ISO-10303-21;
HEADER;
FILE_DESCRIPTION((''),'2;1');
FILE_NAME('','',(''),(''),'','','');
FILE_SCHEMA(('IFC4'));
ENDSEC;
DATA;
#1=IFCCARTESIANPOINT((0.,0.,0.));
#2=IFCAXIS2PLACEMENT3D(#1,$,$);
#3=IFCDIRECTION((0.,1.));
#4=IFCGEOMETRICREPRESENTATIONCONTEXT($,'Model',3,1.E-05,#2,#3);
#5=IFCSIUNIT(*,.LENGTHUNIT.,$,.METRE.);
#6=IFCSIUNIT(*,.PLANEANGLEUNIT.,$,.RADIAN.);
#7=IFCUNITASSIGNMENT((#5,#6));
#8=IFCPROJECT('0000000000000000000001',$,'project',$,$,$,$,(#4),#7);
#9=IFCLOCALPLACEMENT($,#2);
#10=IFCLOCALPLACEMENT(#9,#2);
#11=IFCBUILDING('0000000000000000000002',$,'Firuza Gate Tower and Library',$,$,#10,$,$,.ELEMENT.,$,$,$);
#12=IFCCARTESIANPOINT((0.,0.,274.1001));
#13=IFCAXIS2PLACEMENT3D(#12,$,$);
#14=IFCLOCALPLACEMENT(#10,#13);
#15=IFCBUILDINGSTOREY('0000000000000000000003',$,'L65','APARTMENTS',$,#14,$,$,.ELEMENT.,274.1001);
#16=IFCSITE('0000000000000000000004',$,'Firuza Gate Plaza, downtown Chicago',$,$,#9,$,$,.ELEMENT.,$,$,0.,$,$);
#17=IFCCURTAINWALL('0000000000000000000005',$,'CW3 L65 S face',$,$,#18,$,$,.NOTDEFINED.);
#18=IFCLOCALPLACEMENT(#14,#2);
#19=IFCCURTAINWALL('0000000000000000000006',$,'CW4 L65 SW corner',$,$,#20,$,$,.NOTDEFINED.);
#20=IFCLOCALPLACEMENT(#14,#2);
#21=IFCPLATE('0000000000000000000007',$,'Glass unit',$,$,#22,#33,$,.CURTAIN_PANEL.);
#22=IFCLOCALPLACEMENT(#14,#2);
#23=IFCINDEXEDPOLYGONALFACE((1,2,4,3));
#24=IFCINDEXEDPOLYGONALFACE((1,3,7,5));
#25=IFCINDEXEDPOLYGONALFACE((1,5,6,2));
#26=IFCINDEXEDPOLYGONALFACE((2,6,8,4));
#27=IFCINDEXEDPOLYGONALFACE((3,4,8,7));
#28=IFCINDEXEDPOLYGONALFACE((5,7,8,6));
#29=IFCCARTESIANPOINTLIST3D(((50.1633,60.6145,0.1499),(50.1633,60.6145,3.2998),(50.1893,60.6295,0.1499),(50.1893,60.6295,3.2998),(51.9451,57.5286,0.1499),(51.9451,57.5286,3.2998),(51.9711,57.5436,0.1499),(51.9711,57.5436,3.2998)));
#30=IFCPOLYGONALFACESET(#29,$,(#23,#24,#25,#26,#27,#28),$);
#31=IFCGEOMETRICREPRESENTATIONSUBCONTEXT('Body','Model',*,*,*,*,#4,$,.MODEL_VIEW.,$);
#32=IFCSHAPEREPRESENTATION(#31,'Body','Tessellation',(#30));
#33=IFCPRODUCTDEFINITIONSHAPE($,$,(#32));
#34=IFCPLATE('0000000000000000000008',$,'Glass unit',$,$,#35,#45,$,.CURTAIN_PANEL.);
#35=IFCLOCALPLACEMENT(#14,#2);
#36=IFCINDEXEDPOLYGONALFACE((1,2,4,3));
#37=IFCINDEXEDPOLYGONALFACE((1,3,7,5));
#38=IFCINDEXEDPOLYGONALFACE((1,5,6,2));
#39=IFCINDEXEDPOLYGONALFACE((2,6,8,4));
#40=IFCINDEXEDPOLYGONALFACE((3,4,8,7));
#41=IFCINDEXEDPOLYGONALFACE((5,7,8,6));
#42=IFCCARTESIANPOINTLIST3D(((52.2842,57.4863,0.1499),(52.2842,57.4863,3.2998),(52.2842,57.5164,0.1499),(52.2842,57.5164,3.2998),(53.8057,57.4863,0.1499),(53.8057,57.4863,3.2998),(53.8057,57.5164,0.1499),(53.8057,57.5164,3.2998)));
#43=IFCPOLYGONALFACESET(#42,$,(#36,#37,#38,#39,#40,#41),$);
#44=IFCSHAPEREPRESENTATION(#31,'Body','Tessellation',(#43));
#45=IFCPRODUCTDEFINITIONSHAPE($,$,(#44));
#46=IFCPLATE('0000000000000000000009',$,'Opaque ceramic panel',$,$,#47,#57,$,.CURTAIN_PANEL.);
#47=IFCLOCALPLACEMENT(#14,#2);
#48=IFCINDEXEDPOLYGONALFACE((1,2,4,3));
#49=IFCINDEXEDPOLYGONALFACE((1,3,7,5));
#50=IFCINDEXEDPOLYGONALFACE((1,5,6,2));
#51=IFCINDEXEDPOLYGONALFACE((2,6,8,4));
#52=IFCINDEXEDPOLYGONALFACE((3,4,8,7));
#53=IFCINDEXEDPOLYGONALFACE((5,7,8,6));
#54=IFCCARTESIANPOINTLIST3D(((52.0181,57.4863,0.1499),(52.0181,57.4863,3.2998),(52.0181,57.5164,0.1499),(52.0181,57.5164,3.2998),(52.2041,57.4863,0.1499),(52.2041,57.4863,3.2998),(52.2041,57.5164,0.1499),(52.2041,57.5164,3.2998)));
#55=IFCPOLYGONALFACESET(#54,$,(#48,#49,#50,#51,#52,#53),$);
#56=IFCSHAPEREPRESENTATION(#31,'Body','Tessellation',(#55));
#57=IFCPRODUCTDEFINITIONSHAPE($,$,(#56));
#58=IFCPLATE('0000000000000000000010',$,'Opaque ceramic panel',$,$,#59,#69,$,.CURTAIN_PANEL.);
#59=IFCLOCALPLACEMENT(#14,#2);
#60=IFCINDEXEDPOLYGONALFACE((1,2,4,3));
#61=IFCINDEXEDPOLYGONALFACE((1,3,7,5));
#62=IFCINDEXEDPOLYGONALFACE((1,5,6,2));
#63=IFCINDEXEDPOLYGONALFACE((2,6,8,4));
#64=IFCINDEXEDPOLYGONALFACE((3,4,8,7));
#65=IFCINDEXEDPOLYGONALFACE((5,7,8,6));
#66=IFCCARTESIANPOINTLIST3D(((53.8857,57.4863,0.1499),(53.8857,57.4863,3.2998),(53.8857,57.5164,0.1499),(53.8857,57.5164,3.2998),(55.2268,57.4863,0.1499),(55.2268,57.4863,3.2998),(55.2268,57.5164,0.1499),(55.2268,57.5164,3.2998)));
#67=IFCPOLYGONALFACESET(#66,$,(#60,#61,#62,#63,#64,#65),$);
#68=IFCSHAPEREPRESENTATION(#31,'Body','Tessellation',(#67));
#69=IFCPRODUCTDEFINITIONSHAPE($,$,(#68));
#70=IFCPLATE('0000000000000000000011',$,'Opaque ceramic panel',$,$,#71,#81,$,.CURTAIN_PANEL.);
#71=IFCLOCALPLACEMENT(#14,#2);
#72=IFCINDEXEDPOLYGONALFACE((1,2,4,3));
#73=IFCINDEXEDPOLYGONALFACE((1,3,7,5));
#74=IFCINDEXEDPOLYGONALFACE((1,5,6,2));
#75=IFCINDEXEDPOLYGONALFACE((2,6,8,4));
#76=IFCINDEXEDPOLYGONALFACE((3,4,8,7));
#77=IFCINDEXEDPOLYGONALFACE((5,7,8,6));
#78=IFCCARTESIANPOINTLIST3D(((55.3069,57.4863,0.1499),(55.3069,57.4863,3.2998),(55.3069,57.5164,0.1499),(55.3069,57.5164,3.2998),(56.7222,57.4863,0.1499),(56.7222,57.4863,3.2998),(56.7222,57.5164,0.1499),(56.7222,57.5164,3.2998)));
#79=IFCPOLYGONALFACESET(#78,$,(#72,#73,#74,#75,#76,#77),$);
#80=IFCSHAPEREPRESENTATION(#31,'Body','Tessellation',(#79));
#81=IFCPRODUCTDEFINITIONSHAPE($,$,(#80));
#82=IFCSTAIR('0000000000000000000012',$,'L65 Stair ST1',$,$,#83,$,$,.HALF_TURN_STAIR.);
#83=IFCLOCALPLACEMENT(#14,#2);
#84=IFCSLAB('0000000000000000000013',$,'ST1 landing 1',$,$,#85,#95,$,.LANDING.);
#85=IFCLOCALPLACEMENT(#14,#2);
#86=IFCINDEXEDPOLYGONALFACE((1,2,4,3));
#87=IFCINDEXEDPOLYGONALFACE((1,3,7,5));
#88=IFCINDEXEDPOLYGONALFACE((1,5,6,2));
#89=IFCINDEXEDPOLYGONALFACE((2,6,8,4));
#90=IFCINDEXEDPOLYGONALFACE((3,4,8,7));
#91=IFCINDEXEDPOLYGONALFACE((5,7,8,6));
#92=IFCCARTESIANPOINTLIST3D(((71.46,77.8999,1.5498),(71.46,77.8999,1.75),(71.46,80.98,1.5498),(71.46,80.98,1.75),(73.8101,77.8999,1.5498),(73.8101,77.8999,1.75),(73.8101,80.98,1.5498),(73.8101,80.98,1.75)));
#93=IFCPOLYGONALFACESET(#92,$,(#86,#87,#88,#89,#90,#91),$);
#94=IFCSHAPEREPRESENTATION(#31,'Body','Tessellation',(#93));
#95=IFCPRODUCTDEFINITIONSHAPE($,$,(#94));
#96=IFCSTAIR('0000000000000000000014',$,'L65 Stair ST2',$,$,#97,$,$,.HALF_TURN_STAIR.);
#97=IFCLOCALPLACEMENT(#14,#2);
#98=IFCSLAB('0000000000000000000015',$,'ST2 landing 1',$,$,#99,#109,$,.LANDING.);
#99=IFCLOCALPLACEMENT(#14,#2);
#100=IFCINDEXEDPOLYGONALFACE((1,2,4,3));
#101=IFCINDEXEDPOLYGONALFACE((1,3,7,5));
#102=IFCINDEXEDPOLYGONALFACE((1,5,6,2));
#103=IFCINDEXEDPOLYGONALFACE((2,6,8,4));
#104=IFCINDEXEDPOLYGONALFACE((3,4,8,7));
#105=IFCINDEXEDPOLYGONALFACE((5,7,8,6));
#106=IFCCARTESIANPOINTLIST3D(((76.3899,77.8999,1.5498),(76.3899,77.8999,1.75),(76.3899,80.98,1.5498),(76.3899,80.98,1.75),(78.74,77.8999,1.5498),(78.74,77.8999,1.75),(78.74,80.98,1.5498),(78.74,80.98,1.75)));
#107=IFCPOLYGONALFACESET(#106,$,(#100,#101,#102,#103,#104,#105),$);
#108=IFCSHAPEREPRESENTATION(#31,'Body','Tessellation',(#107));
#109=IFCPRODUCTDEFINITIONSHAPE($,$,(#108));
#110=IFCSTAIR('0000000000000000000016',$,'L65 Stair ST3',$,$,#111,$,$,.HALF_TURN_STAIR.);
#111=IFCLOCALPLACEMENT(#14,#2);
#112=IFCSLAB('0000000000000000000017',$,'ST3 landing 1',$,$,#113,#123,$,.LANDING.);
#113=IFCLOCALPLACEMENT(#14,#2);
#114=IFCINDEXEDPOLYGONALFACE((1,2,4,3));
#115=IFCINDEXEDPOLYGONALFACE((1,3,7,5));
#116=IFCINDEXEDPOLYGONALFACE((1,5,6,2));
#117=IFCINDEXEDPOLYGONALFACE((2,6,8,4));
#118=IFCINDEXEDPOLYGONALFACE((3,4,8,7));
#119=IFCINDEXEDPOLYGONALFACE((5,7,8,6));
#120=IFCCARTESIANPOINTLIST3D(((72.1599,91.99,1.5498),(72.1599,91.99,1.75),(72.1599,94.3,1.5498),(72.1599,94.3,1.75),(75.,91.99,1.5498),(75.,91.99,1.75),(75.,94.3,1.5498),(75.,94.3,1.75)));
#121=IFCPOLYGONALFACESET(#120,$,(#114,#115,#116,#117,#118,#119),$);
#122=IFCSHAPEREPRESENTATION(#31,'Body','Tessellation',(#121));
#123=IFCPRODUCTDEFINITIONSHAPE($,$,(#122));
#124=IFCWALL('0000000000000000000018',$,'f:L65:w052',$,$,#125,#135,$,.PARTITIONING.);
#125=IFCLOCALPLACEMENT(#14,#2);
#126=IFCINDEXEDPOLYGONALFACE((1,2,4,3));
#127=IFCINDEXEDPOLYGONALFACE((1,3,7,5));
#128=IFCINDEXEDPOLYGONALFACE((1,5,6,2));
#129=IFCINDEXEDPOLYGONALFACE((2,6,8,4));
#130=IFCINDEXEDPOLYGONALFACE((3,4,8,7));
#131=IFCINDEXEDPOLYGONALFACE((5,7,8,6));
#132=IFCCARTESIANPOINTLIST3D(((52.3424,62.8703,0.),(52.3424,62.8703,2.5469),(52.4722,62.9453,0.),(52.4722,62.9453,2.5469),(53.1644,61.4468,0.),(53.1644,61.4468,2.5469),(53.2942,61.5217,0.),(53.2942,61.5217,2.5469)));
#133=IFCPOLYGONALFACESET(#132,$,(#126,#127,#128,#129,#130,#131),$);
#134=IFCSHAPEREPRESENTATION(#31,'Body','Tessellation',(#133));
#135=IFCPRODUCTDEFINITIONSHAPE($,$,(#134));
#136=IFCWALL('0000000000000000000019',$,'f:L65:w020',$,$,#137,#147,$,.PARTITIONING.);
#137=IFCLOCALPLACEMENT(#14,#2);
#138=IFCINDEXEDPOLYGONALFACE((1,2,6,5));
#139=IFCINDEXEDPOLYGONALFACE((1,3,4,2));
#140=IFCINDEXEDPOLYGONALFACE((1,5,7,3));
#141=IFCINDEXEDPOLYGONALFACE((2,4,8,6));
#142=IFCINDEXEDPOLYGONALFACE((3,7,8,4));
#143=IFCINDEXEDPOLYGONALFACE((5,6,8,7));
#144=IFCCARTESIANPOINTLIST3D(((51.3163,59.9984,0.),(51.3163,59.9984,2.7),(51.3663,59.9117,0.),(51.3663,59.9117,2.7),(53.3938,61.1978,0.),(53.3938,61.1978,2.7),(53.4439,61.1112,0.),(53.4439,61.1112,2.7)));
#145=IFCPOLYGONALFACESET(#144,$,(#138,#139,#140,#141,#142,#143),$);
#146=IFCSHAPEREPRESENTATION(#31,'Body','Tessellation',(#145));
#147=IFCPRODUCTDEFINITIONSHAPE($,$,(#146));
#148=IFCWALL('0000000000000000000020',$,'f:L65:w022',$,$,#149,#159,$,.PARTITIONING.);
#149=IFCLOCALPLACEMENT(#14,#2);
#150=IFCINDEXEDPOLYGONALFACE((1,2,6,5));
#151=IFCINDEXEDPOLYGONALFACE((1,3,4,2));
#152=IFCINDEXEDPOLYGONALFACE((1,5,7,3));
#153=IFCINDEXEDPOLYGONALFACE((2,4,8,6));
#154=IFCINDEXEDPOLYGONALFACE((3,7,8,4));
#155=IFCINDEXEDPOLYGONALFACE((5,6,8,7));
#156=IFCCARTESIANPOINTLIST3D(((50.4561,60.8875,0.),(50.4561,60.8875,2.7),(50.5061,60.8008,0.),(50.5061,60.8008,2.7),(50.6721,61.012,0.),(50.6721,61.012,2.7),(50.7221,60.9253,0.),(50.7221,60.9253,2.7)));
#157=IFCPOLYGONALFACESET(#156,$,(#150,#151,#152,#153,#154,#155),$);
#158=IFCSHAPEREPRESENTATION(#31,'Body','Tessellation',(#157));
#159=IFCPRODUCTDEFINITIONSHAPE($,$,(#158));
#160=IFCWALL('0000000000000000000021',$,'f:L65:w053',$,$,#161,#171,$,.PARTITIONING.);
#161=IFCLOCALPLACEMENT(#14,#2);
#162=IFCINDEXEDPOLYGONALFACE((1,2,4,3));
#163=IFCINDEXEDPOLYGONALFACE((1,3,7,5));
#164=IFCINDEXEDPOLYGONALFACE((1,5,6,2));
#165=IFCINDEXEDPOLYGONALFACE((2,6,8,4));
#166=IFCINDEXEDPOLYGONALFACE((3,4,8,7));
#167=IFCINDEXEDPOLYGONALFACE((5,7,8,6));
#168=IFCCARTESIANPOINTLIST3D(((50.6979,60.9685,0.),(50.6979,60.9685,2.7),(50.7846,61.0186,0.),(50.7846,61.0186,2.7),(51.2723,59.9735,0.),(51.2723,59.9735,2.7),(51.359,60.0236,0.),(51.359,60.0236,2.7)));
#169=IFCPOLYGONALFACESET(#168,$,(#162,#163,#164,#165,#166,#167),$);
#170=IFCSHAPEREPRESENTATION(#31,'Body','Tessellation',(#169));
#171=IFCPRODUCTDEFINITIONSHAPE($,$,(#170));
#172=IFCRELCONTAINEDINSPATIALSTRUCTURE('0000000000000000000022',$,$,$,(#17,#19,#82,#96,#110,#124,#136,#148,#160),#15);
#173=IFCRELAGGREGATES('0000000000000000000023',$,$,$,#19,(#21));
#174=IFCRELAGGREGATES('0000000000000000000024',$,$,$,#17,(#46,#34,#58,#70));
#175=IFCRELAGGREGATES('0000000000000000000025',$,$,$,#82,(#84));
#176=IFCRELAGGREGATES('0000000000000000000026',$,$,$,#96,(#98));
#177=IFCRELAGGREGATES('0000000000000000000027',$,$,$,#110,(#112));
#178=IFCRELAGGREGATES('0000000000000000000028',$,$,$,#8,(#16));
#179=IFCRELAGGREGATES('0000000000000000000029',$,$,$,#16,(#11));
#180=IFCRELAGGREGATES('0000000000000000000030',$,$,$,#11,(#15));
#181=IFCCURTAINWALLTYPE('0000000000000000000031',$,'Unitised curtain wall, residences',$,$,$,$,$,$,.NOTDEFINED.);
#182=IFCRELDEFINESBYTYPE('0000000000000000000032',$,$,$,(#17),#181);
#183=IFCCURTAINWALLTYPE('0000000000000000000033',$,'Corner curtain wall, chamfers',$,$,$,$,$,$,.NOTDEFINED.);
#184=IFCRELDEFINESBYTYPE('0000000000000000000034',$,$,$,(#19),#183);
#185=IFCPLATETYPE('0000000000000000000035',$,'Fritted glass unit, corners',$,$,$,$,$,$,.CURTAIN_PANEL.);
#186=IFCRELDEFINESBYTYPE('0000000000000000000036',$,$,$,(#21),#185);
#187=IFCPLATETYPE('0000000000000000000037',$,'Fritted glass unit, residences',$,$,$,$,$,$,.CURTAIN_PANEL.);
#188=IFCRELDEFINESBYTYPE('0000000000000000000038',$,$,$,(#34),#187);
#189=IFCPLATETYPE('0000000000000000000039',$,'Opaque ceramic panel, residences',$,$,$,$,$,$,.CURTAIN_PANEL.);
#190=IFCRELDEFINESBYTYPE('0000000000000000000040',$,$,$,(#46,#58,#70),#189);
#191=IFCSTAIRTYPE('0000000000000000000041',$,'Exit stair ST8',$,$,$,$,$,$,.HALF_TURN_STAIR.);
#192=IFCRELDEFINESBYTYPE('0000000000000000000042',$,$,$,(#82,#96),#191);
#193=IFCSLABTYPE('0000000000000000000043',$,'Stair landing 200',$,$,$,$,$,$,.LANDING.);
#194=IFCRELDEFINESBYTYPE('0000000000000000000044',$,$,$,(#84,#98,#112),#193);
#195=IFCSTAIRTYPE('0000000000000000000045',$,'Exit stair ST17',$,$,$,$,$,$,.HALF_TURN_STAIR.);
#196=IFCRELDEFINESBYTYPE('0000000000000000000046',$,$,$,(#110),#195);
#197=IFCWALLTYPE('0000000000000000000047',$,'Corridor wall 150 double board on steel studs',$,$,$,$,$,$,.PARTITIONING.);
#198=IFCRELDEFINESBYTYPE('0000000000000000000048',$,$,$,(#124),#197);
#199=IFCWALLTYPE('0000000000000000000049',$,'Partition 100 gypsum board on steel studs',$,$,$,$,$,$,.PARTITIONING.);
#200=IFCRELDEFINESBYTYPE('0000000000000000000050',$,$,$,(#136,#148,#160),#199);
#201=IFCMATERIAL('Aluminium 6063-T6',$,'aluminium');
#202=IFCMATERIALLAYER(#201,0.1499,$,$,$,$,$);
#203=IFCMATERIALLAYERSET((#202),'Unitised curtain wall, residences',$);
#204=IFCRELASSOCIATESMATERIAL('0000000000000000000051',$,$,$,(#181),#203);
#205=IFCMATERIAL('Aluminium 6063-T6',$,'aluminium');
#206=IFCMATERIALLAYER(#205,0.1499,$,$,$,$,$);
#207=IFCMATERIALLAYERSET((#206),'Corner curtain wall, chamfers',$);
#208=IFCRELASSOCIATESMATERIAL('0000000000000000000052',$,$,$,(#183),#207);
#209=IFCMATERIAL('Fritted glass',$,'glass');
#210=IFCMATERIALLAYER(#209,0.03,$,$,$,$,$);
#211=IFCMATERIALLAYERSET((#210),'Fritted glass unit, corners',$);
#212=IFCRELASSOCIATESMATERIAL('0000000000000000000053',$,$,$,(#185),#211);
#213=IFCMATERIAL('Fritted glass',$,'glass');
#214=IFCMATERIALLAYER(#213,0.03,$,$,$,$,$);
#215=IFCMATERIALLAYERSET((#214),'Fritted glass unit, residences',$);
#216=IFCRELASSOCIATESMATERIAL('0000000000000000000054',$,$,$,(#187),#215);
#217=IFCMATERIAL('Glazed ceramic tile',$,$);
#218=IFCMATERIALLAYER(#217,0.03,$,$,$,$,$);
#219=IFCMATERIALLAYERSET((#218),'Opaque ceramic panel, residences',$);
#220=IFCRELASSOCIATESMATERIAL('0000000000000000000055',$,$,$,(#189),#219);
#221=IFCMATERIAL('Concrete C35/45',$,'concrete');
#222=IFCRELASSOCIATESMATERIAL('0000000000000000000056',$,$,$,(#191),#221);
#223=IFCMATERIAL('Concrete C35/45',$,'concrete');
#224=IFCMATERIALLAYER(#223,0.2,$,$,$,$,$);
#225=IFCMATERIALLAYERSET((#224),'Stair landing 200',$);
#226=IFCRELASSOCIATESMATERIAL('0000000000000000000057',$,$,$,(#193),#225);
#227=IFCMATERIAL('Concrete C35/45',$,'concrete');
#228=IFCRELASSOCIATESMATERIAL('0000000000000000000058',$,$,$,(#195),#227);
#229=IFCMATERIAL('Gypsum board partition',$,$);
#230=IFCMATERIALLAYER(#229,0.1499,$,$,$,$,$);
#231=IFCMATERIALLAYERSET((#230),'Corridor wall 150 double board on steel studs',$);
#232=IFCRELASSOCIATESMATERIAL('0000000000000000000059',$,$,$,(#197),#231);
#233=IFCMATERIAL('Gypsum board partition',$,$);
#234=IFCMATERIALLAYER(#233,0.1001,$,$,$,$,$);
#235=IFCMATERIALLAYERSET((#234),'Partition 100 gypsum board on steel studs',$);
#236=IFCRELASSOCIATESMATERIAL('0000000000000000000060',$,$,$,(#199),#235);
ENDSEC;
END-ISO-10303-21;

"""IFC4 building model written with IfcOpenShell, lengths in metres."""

from ifc_helpers import new_model, si_unit, direction, frame, frame_2d, origin, place, context, subcontext, project, spatial, polyline, rectangle, outline, extrude, material, layer, layer_set, type_object, element, aggregate, save


model = new_model("IFC4")

# Units and contexts
model_context = context("Model", 3, precision=1e-05, world=origin(), true_north=direction((0.0, 1.0)))
body_context = subcontext(model_context, "Body", "Model", "MODEL_VIEW")
ifc_project = project(units=[si_unit("LENGTHUNIT", "METRE"), si_unit("PLANEANGLEUNIT", "RADIAN")], contexts=[model_context])

# Site, building, storey
site_placement = place(None, origin())
site = spatial("IfcSite", under=ifc_project, at=site_placement, Name="Firuza Gate Plaza, downtown Chicago", CompositionType="ELEMENT", RefElevation=0.0)
building_placement = place(site_placement, origin())
building = spatial("IfcBuilding", under=site, at=building_placement, Name="Firuza Gate Tower and Library", CompositionType="ELEMENT")
storey_placement = place(building_placement, frame((0.0, 0.0, 274.1001)))
storey = spatial("IfcBuildingStorey", under=building, at=storey_placement, Name="L65", Description="APARTMENTS", CompositionType="ELEMENT", Elevation=274.1001)

# Curtain walls
ifc_material_1 = material(Name="Aluminium 6063-T6", Category="aluminium")
ifc_layer_1 = layer(ifc_material_1, 0.1499)
ifc_layer_set_1 = layer_set([ifc_layer_1], Name="Unitised curtain wall, residences")
curtain_wall_type_1 = type_object("IfcCurtainWallType", Name="Unitised curtain wall, residences", PredefinedType="NOTDEFINED", material=ifc_layer_set_1)
placement_1 = place(storey_placement, origin())
curtain_wall_1 = element("IfcCurtainWall", 1, at=placement_1, inside=storey, type_object=curtain_wall_type_1, Name="CW3 L65 S face", PredefinedType="NOTDEFINED")
ifc_material_2 = material(Name="Aluminium 6063-T6", Category="aluminium")
ifc_layer_2 = layer(ifc_material_2, 0.1499)
ifc_layer_set_2 = layer_set([ifc_layer_2], Name="Corner curtain wall, chamfers")
curtain_wall_type_2 = type_object("IfcCurtainWallType", Name="Corner curtain wall, chamfers", PredefinedType="NOTDEFINED", material=ifc_layer_set_2)
curtain_wall_2 = element("IfcCurtainWall", 2, at=placement_1, inside=storey, type_object=curtain_wall_type_2, Name="CW4 L65 SW corner", PredefinedType="NOTDEFINED")

# Plates
ifc_material_3 = material(Name="Fritted glass", Category="glass")
ifc_layer_3 = layer(ifc_material_3, 0.03)
ifc_layer_set_3 = layer_set([ifc_layer_3], Name="Fritted glass unit, corners")
plate_type_1 = type_object("IfcPlateType", Name="Fritted glass unit, corners", PredefinedType="CURTAIN_PANEL", material=ifc_layer_set_3)
plate_1_placement = place(storey_placement, frame((50.1633, 60.6145, 0.1499), z_axis=(-0.866017, -0.500015, 0.0), x_axis=(0.500015, -0.866017, 0.0)))
plate_1 = element("IfcPlate", 3, at=plate_1_placement, type_object=plate_type_1, Name="Glass unit", PredefinedType="CURTAIN_PANEL", context=body_context, shape_type="SweptSolid", body=[
    extrude(outline(polyline([(0.0, 0.0), (3.5634, 0.0), (3.5634, 3.1499), (0.0, 3.1499), (0.0, 0.0)])), origin(), (0.0, 0.0, -1.0), 0.03),
])
aggregate(curtain_wall_2, [plate_1])
ifc_material_4 = material(Name="Fritted glass", Category="glass")
ifc_layer_4 = layer(ifc_material_4, 0.03)
ifc_layer_set_4 = layer_set([ifc_layer_4], Name="Fritted glass unit, residences")
plate_type_2 = type_object("IfcPlateType", Name="Fritted glass unit, residences", PredefinedType="CURTAIN_PANEL", material=ifc_layer_set_4)
plate_2_placement = place(storey_placement, frame((52.2842, 57.4863, 0.1499), z_axis=(0.0, -1.0, 0.0), x_axis=(1.0, 0.0, 0.0)))
plate_2 = element("IfcPlate", 4, at=plate_2_placement, type_object=plate_type_2, Name="Glass unit", PredefinedType="CURTAIN_PANEL", context=body_context, shape_type="SweptSolid", body=[
    extrude(outline(polyline([(0.0, 0.0), (1.5215, 0.0), (1.5215, 3.1499), (0.0, 3.1499), (0.0, 0.0)])), origin(), (0.0, 0.0, -1.0), 0.03),
])
ifc_material_5 = material(Name="Glazed ceramic tile")
ifc_layer_5 = layer(ifc_material_5, 0.03)
ifc_layer_set_5 = layer_set([ifc_layer_5], Name="Opaque ceramic panel, residences")
plate_type_3 = type_object("IfcPlateType", Name="Opaque ceramic panel, residences", PredefinedType="CURTAIN_PANEL", material=ifc_layer_set_5)
plate_3_placement = place(storey_placement, frame((52.0181, 57.4863, 0.1499), z_axis=(0.0, -1.0, 0.0), x_axis=(1.0, 0.0, 0.0)))
plate_3 = element("IfcPlate", 5, at=plate_3_placement, type_object=plate_type_3, Name="Opaque ceramic panel", PredefinedType="CURTAIN_PANEL", context=body_context, shape_type="SweptSolid", body=[
    extrude(outline(polyline([(0.0, 0.0), (0.186, 0.0), (0.186, 3.1499), (0.0, 3.1499), (0.0, 0.0)])), origin(), (0.0, 0.0, -1.0), 0.03),
])
plate_4_placement = place(storey_placement, frame((53.8857, 57.4863, 0.1499), z_axis=(0.0, -1.0, 0.0), x_axis=(1.0, 0.0, 0.0)))
plate_4 = element("IfcPlate", 6, at=plate_4_placement, type_object=plate_type_3, Name="Opaque ceramic panel", PredefinedType="CURTAIN_PANEL", context=body_context, shape_type="SweptSolid", body=[
    extrude(outline(polyline([(0.0, 0.0), (1.3411, 0.0), (1.3411, 3.1499), (0.0, 3.1499), (0.0, 0.0)])), origin(), (0.0, 0.0, -1.0), 0.03),
])
plate_5_placement = place(storey_placement, frame((55.3069, 57.4863, 0.1499), z_axis=(0.0, -1.0, 0.0), x_axis=(1.0, 0.0, 0.0)))
plate_5 = element("IfcPlate", 7, at=plate_5_placement, type_object=plate_type_3, Name="Opaque ceramic panel", PredefinedType="CURTAIN_PANEL", context=body_context, shape_type="SweptSolid", body=[
    extrude(outline(polyline([(0.0, 0.0), (1.4153, 0.0), (1.4153, 3.1499), (0.0, 3.1499), (0.0, 0.0)])), origin(), (0.0, 0.0, -1.0), 0.03),
])
aggregate(curtain_wall_1, [plate_3, plate_2, plate_4, plate_5])

# Stairs, slabs
ifc_material_6 = material(Name="Concrete C35/45", Category="concrete")
stair_type_1 = type_object("IfcStairType", Name="Exit stair ST8", PredefinedType="HALF_TURN_STAIR", material=ifc_material_6)
stair_1 = element("IfcStair", 8, at=placement_1, inside=storey, type_object=stair_type_1, Name="L65 Stair ST1", PredefinedType="HALF_TURN_STAIR")
ifc_material_7 = material(Name="Concrete C35/45", Category="concrete")
ifc_layer_6 = layer(ifc_material_7, 0.2)
ifc_layer_set_6 = layer_set([ifc_layer_6], Name="Stair landing 200")
slab_type_1 = type_object("IfcSlabType", Name="Stair landing 200", PredefinedType="LANDING", material=ifc_layer_set_6)
placement_2 = place(storey_placement, frame((0.0, 0.0, 1.5498)))
slab_1 = element("IfcSlab", 9, at=placement_2, type_object=slab_type_1, Name="ST1 landing 1", PredefinedType="LANDING", context=body_context, shape_type="SweptSolid", body=[
    extrude(outline(polyline([(71.46, 77.8999), (73.8101, 77.8999), (73.8101, 80.98), (71.46, 80.98), (71.46, 77.8999)])), origin(), (0.0, 0.0, 1.0), 0.2002),
])
aggregate(stair_1, [slab_1])
stair_2 = element("IfcStair", 10, at=placement_1, inside=storey, type_object=stair_type_1, Name="L65 Stair ST2", PredefinedType="HALF_TURN_STAIR")
slab_2 = element("IfcSlab", 11, at=placement_2, type_object=slab_type_1, Name="ST2 landing 1", PredefinedType="LANDING", context=body_context, shape_type="SweptSolid", body=[
    extrude(outline(polyline([(78.74, 80.98), (76.3899, 80.98), (76.3899, 77.8999), (78.74, 77.8999), (78.74, 80.98)])), origin(), (0.0, 0.0, 1.0), 0.2002),
])
aggregate(stair_2, [slab_2])
ifc_material_8 = material(Name="Concrete C35/45", Category="concrete")
stair_type_2 = type_object("IfcStairType", Name="Exit stair ST17", PredefinedType="HALF_TURN_STAIR", material=ifc_material_8)
stair_3 = element("IfcStair", 12, at=placement_1, inside=storey, type_object=stair_type_2, Name="L65 Stair ST3", PredefinedType="HALF_TURN_STAIR")
slab_3 = element("IfcSlab", 13, at=placement_2, type_object=slab_type_1, Name="ST3 landing 1", PredefinedType="LANDING", context=body_context, shape_type="SweptSolid", body=[
    extrude(outline(polyline([(75.0, 91.99), (75.0, 94.3), (72.1599, 94.3), (72.1599, 91.99), (75.0, 91.99)])), origin(), (0.0, 0.0, 1.0), 0.2002),
])
aggregate(stair_3, [slab_3])

# Walls
ifc_material_9 = material(Name="Gypsum board partition")
ifc_layer_7 = layer(ifc_material_9, 0.1499)
ifc_layer_set_7 = layer_set([ifc_layer_7], Name="Corridor wall 150 double board on steel studs")
wall_type_1 = type_object("IfcWallType", Name="Corridor wall 150 double board on steel studs", PredefinedType="PARTITIONING", material=ifc_layer_set_7)
wall_1_placement = place(storey_placement, frame((53.2292, 61.4844, 0.0), z_axis=(0.0, 0.0, 1.0), x_axis=(-0.500052, 0.865995, 0.0)))
element("IfcWall", 14, at=wall_1_placement, inside=storey, type_object=wall_type_1, Name="f:L65:w052", PredefinedType="PARTITIONING", context=body_context, shape_type="SweptSolid", body=[
    extrude(rectangle(XDim=1.6438, YDim=0.1499, at=frame_2d((0.8218, 0.0))), origin(), (0.0, 0.0, 1.0), 2.5469),
])
ifc_material_10 = material(Name="Gypsum board partition")
ifc_layer_8 = layer(ifc_material_10, 0.1001)
ifc_layer_set_8 = layer_set([ifc_layer_8], Name="Partition 100 gypsum board on steel studs")
wall_type_2 = type_object("IfcWallType", Name="Partition 100 gypsum board on steel studs", PredefinedType="PARTITIONING", material=ifc_layer_set_8)
wall_2_placement = place(storey_placement, frame((51.3413, 59.9551, 0.0), z_axis=(0.0, 0.0, 1.0), x_axis=(0.866036, 0.499981, 0.0)))
element("IfcWall", 15, at=wall_2_placement, inside=storey, type_object=wall_type_2, Name="f:L65:w020", PredefinedType="PARTITIONING", context=body_context, shape_type="SweptSolid", body=[
    extrude(rectangle(XDim=2.3989, YDim=0.1001, at=frame_2d((1.1995, 0.0))), origin(), (0.0, 0.0, 1.0), 2.7),
])
wall_3_placement = place(storey_placement, frame((50.4812, 60.8442, 0.0), z_axis=(0.0, 0.0, 1.0), x_axis=(0.86643, 0.499299, 0.0)))
element("IfcWall", 16, at=wall_3_placement, inside=storey, type_object=wall_type_2, Name="f:L65:w022", PredefinedType="PARTITIONING", context=body_context, shape_type="SweptSolid", body=[
    extrude(rectangle(XDim=0.2493, YDim=0.1001, at=frame_2d((0.1245, 0.0))), origin(), (0.0, 0.0, 1.0), 2.7),
])
wall_4_placement = place(storey_placement, frame((51.3157, 59.9985, 0.0), z_axis=(0.0, 0.0, 1.0), x_axis=(-0.499955, 0.866051, 0.0)))
element("IfcWall", 17, at=wall_4_placement, inside=storey, type_object=wall_type_2, Name="f:L65:w053", PredefinedType="PARTITIONING", context=body_context, shape_type="SweptSolid", body=[
    extrude(rectangle(XDim=1.1489, YDim=0.1001, at=frame_2d((0.5745, 0.0))), origin(), (0.0, 0.0, 1.0), 2.7),
])

save(model, "model.ifc")
